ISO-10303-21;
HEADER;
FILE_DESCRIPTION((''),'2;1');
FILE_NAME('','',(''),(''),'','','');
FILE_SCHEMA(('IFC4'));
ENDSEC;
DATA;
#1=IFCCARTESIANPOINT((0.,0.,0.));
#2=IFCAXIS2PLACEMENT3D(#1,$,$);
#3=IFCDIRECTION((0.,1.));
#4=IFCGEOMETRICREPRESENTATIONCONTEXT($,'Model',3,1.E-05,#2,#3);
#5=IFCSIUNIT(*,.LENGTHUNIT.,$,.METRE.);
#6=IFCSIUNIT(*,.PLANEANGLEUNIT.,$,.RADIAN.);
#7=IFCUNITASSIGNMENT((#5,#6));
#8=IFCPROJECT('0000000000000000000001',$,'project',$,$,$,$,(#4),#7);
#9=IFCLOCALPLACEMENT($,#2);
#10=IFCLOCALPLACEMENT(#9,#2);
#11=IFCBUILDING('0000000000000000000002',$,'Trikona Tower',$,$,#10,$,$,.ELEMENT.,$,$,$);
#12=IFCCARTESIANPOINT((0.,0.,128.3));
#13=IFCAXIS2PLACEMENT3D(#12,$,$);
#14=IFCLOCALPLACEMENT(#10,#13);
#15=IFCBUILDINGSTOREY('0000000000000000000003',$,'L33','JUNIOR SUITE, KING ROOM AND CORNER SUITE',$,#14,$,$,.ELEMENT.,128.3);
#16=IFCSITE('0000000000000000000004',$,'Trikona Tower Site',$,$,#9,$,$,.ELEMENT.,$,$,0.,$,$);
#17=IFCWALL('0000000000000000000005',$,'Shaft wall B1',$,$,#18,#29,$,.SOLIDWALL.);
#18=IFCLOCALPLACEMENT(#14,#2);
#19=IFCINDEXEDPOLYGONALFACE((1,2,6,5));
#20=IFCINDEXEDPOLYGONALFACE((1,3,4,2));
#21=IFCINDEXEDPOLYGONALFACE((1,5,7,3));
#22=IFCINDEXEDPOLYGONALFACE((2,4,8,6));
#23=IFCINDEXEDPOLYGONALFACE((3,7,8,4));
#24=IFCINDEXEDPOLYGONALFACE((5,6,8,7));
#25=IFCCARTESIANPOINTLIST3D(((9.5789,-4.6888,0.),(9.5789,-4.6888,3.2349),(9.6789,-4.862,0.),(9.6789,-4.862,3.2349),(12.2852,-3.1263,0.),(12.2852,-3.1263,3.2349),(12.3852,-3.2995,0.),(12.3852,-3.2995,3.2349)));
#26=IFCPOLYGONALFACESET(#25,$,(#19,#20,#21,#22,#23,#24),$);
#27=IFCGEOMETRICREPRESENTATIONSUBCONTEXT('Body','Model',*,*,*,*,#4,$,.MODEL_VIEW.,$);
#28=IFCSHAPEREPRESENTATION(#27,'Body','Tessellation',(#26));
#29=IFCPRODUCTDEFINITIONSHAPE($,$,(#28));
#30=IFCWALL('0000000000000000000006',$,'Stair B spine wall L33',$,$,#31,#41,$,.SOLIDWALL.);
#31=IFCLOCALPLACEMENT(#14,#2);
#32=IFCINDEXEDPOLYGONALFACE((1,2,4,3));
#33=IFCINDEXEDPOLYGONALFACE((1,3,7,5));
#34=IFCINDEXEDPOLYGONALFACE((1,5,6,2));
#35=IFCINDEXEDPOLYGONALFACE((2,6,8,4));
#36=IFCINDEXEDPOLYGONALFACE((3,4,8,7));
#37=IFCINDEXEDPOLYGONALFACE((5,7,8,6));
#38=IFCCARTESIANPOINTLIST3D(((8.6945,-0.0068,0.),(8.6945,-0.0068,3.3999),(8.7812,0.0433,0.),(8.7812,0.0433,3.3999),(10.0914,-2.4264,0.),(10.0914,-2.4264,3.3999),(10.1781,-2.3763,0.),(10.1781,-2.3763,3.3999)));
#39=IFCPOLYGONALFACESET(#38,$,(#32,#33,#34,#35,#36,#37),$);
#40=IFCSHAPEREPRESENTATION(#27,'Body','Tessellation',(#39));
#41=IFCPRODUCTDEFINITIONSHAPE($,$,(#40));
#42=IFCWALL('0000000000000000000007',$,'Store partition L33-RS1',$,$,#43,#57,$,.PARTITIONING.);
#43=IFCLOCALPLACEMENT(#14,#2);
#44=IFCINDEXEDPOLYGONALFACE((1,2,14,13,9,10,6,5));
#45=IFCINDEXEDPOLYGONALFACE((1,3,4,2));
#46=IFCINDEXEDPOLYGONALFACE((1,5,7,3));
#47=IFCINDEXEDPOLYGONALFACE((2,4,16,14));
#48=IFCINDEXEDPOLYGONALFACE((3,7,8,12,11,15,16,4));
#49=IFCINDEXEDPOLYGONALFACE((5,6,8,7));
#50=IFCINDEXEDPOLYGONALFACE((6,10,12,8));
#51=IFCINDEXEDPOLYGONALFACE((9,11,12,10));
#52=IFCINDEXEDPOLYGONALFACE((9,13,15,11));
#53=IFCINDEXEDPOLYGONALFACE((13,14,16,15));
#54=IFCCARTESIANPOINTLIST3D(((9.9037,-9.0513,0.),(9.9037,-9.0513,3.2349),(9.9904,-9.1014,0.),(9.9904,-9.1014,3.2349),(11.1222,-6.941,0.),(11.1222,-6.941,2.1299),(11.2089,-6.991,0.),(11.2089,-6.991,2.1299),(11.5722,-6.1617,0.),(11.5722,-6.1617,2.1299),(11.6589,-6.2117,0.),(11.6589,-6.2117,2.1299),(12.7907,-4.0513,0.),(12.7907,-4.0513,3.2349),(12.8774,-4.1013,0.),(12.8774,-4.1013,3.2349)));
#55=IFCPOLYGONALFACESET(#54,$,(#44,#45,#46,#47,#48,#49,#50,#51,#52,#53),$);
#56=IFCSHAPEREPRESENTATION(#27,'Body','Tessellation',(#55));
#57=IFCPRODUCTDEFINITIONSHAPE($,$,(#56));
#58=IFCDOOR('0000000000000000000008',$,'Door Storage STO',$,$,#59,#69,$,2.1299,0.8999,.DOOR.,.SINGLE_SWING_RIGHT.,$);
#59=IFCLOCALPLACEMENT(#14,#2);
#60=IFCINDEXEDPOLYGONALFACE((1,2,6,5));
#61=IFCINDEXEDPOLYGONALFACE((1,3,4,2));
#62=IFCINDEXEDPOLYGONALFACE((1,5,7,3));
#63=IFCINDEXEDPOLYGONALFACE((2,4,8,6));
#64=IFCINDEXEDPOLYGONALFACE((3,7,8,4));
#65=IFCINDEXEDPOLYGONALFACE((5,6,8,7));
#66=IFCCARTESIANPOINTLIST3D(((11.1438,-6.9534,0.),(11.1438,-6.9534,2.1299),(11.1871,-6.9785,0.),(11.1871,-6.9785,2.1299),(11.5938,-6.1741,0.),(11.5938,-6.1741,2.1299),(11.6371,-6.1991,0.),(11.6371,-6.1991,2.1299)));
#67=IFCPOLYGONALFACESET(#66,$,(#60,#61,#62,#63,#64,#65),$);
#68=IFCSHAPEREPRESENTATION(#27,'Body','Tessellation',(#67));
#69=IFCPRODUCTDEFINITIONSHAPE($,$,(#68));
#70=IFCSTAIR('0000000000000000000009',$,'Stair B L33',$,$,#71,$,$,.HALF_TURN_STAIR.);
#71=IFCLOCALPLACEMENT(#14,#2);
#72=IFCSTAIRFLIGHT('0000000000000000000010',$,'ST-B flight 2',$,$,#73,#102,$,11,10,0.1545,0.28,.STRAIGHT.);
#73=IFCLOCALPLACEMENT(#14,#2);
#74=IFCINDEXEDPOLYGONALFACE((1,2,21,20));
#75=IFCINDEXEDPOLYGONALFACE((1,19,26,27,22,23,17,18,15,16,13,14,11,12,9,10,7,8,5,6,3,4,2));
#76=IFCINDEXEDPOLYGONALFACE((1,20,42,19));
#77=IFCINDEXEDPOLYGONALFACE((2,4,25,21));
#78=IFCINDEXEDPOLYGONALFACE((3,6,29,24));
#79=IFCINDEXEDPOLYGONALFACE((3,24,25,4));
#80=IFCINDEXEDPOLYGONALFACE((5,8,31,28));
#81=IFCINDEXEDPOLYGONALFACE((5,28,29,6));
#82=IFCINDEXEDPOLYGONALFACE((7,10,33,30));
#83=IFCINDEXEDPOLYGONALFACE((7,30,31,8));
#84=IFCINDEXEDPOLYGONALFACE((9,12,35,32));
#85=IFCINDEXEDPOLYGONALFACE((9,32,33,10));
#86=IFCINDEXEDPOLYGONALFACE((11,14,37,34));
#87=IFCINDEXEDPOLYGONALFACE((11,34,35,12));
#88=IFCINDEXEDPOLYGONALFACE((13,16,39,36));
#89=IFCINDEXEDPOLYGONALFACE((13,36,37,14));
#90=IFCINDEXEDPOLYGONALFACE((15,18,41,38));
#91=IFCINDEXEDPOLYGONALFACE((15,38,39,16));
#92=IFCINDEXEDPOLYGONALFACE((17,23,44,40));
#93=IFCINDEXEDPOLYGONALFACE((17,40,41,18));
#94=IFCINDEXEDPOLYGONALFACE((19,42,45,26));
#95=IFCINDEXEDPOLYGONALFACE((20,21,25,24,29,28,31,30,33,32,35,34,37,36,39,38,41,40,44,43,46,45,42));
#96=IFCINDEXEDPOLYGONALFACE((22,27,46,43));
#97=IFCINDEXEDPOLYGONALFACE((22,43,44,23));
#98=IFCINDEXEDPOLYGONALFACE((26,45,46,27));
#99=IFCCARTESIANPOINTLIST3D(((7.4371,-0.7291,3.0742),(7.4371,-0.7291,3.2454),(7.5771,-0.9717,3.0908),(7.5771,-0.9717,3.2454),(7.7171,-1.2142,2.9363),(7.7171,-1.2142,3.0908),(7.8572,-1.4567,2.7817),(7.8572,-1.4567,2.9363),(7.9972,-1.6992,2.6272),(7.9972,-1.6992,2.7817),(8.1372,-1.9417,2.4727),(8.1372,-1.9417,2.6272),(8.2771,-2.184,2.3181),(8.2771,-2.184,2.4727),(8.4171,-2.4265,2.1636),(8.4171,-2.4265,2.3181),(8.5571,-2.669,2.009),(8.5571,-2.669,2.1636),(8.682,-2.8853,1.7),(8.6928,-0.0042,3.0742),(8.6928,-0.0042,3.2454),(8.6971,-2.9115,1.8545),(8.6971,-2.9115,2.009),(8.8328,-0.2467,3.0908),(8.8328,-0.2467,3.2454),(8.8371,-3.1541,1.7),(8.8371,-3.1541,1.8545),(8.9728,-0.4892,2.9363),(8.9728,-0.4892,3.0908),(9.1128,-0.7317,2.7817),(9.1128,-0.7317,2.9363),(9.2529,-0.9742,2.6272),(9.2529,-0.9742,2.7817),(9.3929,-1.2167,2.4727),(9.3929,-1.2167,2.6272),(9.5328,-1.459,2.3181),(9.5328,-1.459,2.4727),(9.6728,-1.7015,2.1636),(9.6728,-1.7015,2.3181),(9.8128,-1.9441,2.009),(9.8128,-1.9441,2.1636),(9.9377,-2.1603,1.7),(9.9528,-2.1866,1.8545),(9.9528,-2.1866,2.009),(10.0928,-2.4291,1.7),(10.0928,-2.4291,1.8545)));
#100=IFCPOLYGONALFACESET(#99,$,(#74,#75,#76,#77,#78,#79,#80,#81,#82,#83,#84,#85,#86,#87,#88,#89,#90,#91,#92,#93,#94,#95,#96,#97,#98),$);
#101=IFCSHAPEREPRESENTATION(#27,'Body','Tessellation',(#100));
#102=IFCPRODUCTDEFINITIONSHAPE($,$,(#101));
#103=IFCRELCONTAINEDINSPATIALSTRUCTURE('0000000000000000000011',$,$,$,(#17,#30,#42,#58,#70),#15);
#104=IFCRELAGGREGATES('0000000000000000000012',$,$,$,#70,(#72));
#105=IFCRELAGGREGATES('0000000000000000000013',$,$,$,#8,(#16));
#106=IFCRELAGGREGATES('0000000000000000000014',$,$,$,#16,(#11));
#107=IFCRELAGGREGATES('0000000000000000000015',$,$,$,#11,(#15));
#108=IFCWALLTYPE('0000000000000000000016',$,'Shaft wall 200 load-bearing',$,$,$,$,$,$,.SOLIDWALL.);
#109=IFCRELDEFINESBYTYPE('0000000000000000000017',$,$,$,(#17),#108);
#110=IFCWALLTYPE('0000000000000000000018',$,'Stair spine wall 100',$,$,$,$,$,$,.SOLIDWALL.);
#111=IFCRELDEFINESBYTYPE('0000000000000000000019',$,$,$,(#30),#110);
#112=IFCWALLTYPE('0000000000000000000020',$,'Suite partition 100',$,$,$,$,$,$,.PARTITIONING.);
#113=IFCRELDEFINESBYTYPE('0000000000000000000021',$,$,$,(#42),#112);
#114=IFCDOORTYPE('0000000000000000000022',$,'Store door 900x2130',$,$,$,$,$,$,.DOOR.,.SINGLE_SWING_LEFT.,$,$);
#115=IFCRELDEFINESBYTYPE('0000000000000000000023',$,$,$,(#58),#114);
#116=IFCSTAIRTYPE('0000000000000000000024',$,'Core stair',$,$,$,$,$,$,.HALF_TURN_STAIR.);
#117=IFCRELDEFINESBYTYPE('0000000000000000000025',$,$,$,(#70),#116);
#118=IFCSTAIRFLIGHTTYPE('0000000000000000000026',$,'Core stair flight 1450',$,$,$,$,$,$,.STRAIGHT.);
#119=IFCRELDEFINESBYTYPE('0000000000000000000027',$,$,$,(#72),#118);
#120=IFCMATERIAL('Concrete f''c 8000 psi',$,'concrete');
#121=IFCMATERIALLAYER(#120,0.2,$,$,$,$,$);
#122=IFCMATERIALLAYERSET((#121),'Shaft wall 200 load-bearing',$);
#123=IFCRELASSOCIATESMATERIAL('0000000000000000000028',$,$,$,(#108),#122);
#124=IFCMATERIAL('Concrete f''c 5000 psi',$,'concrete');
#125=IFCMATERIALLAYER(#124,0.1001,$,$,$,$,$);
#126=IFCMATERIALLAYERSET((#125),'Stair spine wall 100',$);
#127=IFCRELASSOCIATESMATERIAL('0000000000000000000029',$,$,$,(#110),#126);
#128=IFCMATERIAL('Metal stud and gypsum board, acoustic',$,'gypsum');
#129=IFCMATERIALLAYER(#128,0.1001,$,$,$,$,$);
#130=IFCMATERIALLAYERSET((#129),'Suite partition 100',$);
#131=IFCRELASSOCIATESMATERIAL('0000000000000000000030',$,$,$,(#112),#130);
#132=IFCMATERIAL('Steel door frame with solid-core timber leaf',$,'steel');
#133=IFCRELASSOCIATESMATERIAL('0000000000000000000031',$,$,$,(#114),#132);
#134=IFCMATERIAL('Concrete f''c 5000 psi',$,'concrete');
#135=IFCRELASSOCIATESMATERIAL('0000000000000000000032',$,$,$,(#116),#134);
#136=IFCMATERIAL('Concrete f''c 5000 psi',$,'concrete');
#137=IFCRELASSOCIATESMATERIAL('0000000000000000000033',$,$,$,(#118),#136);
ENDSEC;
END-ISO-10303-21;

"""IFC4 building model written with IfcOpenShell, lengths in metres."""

from ifc_helpers import new_model, si_unit, direction, frame, frame_2d, origin, place, context, subcontext, project, spatial, polyline, rectangle, outline, extrude, material, layer, layer_set, type_object, element, fill, aggregate, save


model = new_model("IFC4")

# Units and contexts
model_context = context("Model", 3, precision=1e-05, world=origin(), true_north=direction((0.0, 1.0)))
body_context = subcontext(model_context, "Body", "Model", "MODEL_VIEW")
ifc_project = project(units=[si_unit("LENGTHUNIT", "METRE"), si_unit("PLANEANGLEUNIT", "RADIAN")], contexts=[model_context])

# Site, building, storey
site_placement = place(None, origin())
site = spatial("IfcSite", under=ifc_project, at=site_placement, Name="Trikona Tower Site", CompositionType="ELEMENT", RefElevation=0.0)
building_placement = place(site_placement, origin())
building = spatial("IfcBuilding", under=site, at=building_placement, Name="Trikona Tower", CompositionType="ELEMENT")
storey_placement = place(building_placement, frame((0.0, 0.0, 128.3)))
storey = spatial("IfcBuildingStorey", under=building, at=storey_placement, Name="L33", Description="JUNIOR SUITE, KING ROOM AND CORNER SUITE", CompositionType="ELEMENT", Elevation=128.3)

# Walls
ifc_material_1 = material(Name="Concrete f'c 8000 psi", Category="concrete")
ifc_layer_1 = layer(ifc_material_1, 0.2)
ifc_layer_set_1 = layer_set([ifc_layer_1], Name="Shaft wall 200 load-bearing")
wall_type_1 = type_object("IfcWallType", Name="Shaft wall 200 load-bearing", PredefinedType="SOLIDWALL", material=ifc_layer_set_1)
wall_1_placement = place(storey_placement, frame((9.6289, -4.7754, 0.0), z_axis=(0.0, 0.0, 1.0), x_axis=(0.866023, 0.500004, 0.0)))
element("IfcWall", 1, at=wall_1_placement, inside=storey, type_object=wall_type_1, Name="Shaft wall B1", PredefinedType="SOLIDWALL", context=body_context, shape_type="SweptSolid", body=[
    extrude(rectangle(XDim=3.125, YDim=0.2, at=frame_2d((1.5625, 0.0))), origin(), (0.0, 0.0, 1.0), 3.2349),
])
ifc_material_2 = material(Name="Concrete f'c 5000 psi", Category="concrete")
ifc_layer_2 = layer(ifc_material_2, 0.1001)
ifc_layer_set_2 = layer_set([ifc_layer_2], Name="Stair spine wall 100")
wall_type_2 = type_object("IfcWallType", Name="Stair spine wall 100", PredefinedType="SOLIDWALL", material=ifc_layer_set_2)
wall_2_placement = place(storey_placement, frame((10.1348, -2.4014, 0.0), z_axis=(0.0, 0.0, 1.0), x_axis=(-0.499992, 0.86603, 0.0)))
element("IfcWall", 2, at=wall_2_placement, inside=storey, type_object=wall_type_2, Name="Stair B spine wall L33", PredefinedType="SOLIDWALL", context=body_context, shape_type="SweptSolid", body=[
    extrude(rectangle(XDim=2.7939, YDim=0.1001, at=frame_2d((1.397, 0.0))), origin(), (0.0, 0.0, 1.0), 3.3999),
])

# Wall, opening, door
ifc_material_3 = material(Name="Metal stud and gypsum board, acoustic", Category="gypsum")
ifc_layer_3 = layer(ifc_material_3, 0.1001)
ifc_layer_set_3 = layer_set([ifc_layer_3], Name="Suite partition 100")
wall_type_3 = type_object("IfcWallType", Name="Suite partition 100", PredefinedType="PARTITIONING", material=ifc_layer_set_3)
wall_3_placement = place(storey_placement, frame((12.834, -4.0764, 0.0), z_axis=(0.0, 0.0, 1.0), x_axis=(-0.500027, -0.86601, 0.0)))
wall_3 = element("IfcWall", 3, at=wall_3_placement, inside=storey, type_object=wall_type_3, Name="Store partition L33-RS1", PredefinedType="PARTITIONING", context=body_context, shape_type="SweptSolid", body=[
    extrude(rectangle(XDim=5.7737, YDim=0.1001, at=frame_2d((2.8867, 0.0))), origin(), (0.0, 0.0, 1.0), 3.2349),
])
opening_1_placement = place(wall_3_placement, frame((2.4368, 0.0, 0.0)))
opening_1 = element("IfcOpeningElement", 4, at=opening_1_placement, cuts=wall_3, PredefinedType="OPENING", context=body_context, shape_type="SweptSolid", body=[
    extrude(rectangle(XDim=0.8999, YDim=2.1299, at=frame_2d((0.45, 1.0649))), frame((0.0, 0.0601, 0.0), z_axis=(0.0, -1.0, 0.0), x_axis=(1.0, 0.0, 0.0)), (0.0, 0.0, 1.0), 0.1201),
])
ifc_material_4 = material(Name="Steel door frame with solid-core timber leaf", Category="steel")
door_type_1 = type_object("IfcDoorType", Name="Store door 900x2130", OperationType="SINGLE_SWING_LEFT", PredefinedType="DOOR", material=ifc_material_4)
door_1_placement = place(opening_1_placement, origin())
door_1 = element("IfcDoor", 5, at=door_1_placement, inside=storey, type_object=door_type_1, Name="Door Storage STO", OperationType="SINGLE_SWING_RIGHT", OverallHeight=2.1299, OverallWidth=0.8999, PredefinedType="DOOR", context=body_context, shape_type="SweptSolid", body=[
    extrude(rectangle(XDim=0.8999, YDim=2.1299, at=frame_2d((0.45, 1.0649))), frame((0.0, 0.0249, 0.0), z_axis=(0.0, -1.0, 0.0), x_axis=(1.0, 0.0, 0.0)), (0.0, 0.0, 1.0), 0.05),
])
fill(opening_1, door_1)

# Stair, stair flight
ifc_material_5 = material(Name="Concrete f'c 5000 psi", Category="concrete")
stair_type = type_object("IfcStairType", Name="Core stair", PredefinedType="HALF_TURN_STAIR", material=ifc_material_5)
stair_placement = place(storey_placement, origin())
stair = element("IfcStair", 6, at=stair_placement, inside=storey, type_object=stair_type, Name="Stair B L33", PredefinedType="HALF_TURN_STAIR")
ifc_material_6 = material(Name="Concrete f'c 5000 psi", Category="concrete")
stair_flight_type = type_object("IfcStairFlightType", Name="Core stair flight 1450", PredefinedType="STRAIGHT", material=ifc_material_6)
stair_flight_placement = place(storey_placement, frame((9.4651, -2.7915, 1.7), z_axis=(0.0, 0.0, 1.0), x_axis=(-0.5, 0.866025, 0.0)))
stair_flight = element("IfcStairFlight", 7, at=stair_flight_placement, type_object=stair_flight_type, Name="ST-B flight 2", NumberOfRisers=11, NumberOfTreads=10, PredefinedType="STRAIGHT", RiserHeight=0.1545, TreadLength=0.28, context=body_context, shape_type="SweptSolid", body=[
    extrude(outline(polyline([(0.0, 0.0), (0.0, 0.1545), (0.28, 0.1545), (0.28, 0.3091), (0.5601, 0.3091), (0.5601, 0.4636), (0.8401, 0.4636), (0.8401, 0.6182), (1.1201, 0.6182), (1.1201, 0.7727), (1.3999, 0.7727), (1.3999, 0.9272), (1.6799, 0.9272), (1.6799, 1.0818), (1.96, 1.0818), (1.96, 1.2363), (2.24, 1.2363), (2.24, 1.3909), (2.52, 1.3909), (2.52, 1.5454), (2.8, 1.5454), (2.8, 1.7), (2.8, 1.3743), (0.3103, 0.0), (0.0, 0.0)])), frame((0.0, 0.7251, 0.0), z_axis=(0.0, -1.0, 0.0), x_axis=(1.0, 0.0, 0.0)), (0.0, 0.0, 1.0), 1.45),
])
aggregate(stair, [stair_flight])

save(model, "model.ifc")
